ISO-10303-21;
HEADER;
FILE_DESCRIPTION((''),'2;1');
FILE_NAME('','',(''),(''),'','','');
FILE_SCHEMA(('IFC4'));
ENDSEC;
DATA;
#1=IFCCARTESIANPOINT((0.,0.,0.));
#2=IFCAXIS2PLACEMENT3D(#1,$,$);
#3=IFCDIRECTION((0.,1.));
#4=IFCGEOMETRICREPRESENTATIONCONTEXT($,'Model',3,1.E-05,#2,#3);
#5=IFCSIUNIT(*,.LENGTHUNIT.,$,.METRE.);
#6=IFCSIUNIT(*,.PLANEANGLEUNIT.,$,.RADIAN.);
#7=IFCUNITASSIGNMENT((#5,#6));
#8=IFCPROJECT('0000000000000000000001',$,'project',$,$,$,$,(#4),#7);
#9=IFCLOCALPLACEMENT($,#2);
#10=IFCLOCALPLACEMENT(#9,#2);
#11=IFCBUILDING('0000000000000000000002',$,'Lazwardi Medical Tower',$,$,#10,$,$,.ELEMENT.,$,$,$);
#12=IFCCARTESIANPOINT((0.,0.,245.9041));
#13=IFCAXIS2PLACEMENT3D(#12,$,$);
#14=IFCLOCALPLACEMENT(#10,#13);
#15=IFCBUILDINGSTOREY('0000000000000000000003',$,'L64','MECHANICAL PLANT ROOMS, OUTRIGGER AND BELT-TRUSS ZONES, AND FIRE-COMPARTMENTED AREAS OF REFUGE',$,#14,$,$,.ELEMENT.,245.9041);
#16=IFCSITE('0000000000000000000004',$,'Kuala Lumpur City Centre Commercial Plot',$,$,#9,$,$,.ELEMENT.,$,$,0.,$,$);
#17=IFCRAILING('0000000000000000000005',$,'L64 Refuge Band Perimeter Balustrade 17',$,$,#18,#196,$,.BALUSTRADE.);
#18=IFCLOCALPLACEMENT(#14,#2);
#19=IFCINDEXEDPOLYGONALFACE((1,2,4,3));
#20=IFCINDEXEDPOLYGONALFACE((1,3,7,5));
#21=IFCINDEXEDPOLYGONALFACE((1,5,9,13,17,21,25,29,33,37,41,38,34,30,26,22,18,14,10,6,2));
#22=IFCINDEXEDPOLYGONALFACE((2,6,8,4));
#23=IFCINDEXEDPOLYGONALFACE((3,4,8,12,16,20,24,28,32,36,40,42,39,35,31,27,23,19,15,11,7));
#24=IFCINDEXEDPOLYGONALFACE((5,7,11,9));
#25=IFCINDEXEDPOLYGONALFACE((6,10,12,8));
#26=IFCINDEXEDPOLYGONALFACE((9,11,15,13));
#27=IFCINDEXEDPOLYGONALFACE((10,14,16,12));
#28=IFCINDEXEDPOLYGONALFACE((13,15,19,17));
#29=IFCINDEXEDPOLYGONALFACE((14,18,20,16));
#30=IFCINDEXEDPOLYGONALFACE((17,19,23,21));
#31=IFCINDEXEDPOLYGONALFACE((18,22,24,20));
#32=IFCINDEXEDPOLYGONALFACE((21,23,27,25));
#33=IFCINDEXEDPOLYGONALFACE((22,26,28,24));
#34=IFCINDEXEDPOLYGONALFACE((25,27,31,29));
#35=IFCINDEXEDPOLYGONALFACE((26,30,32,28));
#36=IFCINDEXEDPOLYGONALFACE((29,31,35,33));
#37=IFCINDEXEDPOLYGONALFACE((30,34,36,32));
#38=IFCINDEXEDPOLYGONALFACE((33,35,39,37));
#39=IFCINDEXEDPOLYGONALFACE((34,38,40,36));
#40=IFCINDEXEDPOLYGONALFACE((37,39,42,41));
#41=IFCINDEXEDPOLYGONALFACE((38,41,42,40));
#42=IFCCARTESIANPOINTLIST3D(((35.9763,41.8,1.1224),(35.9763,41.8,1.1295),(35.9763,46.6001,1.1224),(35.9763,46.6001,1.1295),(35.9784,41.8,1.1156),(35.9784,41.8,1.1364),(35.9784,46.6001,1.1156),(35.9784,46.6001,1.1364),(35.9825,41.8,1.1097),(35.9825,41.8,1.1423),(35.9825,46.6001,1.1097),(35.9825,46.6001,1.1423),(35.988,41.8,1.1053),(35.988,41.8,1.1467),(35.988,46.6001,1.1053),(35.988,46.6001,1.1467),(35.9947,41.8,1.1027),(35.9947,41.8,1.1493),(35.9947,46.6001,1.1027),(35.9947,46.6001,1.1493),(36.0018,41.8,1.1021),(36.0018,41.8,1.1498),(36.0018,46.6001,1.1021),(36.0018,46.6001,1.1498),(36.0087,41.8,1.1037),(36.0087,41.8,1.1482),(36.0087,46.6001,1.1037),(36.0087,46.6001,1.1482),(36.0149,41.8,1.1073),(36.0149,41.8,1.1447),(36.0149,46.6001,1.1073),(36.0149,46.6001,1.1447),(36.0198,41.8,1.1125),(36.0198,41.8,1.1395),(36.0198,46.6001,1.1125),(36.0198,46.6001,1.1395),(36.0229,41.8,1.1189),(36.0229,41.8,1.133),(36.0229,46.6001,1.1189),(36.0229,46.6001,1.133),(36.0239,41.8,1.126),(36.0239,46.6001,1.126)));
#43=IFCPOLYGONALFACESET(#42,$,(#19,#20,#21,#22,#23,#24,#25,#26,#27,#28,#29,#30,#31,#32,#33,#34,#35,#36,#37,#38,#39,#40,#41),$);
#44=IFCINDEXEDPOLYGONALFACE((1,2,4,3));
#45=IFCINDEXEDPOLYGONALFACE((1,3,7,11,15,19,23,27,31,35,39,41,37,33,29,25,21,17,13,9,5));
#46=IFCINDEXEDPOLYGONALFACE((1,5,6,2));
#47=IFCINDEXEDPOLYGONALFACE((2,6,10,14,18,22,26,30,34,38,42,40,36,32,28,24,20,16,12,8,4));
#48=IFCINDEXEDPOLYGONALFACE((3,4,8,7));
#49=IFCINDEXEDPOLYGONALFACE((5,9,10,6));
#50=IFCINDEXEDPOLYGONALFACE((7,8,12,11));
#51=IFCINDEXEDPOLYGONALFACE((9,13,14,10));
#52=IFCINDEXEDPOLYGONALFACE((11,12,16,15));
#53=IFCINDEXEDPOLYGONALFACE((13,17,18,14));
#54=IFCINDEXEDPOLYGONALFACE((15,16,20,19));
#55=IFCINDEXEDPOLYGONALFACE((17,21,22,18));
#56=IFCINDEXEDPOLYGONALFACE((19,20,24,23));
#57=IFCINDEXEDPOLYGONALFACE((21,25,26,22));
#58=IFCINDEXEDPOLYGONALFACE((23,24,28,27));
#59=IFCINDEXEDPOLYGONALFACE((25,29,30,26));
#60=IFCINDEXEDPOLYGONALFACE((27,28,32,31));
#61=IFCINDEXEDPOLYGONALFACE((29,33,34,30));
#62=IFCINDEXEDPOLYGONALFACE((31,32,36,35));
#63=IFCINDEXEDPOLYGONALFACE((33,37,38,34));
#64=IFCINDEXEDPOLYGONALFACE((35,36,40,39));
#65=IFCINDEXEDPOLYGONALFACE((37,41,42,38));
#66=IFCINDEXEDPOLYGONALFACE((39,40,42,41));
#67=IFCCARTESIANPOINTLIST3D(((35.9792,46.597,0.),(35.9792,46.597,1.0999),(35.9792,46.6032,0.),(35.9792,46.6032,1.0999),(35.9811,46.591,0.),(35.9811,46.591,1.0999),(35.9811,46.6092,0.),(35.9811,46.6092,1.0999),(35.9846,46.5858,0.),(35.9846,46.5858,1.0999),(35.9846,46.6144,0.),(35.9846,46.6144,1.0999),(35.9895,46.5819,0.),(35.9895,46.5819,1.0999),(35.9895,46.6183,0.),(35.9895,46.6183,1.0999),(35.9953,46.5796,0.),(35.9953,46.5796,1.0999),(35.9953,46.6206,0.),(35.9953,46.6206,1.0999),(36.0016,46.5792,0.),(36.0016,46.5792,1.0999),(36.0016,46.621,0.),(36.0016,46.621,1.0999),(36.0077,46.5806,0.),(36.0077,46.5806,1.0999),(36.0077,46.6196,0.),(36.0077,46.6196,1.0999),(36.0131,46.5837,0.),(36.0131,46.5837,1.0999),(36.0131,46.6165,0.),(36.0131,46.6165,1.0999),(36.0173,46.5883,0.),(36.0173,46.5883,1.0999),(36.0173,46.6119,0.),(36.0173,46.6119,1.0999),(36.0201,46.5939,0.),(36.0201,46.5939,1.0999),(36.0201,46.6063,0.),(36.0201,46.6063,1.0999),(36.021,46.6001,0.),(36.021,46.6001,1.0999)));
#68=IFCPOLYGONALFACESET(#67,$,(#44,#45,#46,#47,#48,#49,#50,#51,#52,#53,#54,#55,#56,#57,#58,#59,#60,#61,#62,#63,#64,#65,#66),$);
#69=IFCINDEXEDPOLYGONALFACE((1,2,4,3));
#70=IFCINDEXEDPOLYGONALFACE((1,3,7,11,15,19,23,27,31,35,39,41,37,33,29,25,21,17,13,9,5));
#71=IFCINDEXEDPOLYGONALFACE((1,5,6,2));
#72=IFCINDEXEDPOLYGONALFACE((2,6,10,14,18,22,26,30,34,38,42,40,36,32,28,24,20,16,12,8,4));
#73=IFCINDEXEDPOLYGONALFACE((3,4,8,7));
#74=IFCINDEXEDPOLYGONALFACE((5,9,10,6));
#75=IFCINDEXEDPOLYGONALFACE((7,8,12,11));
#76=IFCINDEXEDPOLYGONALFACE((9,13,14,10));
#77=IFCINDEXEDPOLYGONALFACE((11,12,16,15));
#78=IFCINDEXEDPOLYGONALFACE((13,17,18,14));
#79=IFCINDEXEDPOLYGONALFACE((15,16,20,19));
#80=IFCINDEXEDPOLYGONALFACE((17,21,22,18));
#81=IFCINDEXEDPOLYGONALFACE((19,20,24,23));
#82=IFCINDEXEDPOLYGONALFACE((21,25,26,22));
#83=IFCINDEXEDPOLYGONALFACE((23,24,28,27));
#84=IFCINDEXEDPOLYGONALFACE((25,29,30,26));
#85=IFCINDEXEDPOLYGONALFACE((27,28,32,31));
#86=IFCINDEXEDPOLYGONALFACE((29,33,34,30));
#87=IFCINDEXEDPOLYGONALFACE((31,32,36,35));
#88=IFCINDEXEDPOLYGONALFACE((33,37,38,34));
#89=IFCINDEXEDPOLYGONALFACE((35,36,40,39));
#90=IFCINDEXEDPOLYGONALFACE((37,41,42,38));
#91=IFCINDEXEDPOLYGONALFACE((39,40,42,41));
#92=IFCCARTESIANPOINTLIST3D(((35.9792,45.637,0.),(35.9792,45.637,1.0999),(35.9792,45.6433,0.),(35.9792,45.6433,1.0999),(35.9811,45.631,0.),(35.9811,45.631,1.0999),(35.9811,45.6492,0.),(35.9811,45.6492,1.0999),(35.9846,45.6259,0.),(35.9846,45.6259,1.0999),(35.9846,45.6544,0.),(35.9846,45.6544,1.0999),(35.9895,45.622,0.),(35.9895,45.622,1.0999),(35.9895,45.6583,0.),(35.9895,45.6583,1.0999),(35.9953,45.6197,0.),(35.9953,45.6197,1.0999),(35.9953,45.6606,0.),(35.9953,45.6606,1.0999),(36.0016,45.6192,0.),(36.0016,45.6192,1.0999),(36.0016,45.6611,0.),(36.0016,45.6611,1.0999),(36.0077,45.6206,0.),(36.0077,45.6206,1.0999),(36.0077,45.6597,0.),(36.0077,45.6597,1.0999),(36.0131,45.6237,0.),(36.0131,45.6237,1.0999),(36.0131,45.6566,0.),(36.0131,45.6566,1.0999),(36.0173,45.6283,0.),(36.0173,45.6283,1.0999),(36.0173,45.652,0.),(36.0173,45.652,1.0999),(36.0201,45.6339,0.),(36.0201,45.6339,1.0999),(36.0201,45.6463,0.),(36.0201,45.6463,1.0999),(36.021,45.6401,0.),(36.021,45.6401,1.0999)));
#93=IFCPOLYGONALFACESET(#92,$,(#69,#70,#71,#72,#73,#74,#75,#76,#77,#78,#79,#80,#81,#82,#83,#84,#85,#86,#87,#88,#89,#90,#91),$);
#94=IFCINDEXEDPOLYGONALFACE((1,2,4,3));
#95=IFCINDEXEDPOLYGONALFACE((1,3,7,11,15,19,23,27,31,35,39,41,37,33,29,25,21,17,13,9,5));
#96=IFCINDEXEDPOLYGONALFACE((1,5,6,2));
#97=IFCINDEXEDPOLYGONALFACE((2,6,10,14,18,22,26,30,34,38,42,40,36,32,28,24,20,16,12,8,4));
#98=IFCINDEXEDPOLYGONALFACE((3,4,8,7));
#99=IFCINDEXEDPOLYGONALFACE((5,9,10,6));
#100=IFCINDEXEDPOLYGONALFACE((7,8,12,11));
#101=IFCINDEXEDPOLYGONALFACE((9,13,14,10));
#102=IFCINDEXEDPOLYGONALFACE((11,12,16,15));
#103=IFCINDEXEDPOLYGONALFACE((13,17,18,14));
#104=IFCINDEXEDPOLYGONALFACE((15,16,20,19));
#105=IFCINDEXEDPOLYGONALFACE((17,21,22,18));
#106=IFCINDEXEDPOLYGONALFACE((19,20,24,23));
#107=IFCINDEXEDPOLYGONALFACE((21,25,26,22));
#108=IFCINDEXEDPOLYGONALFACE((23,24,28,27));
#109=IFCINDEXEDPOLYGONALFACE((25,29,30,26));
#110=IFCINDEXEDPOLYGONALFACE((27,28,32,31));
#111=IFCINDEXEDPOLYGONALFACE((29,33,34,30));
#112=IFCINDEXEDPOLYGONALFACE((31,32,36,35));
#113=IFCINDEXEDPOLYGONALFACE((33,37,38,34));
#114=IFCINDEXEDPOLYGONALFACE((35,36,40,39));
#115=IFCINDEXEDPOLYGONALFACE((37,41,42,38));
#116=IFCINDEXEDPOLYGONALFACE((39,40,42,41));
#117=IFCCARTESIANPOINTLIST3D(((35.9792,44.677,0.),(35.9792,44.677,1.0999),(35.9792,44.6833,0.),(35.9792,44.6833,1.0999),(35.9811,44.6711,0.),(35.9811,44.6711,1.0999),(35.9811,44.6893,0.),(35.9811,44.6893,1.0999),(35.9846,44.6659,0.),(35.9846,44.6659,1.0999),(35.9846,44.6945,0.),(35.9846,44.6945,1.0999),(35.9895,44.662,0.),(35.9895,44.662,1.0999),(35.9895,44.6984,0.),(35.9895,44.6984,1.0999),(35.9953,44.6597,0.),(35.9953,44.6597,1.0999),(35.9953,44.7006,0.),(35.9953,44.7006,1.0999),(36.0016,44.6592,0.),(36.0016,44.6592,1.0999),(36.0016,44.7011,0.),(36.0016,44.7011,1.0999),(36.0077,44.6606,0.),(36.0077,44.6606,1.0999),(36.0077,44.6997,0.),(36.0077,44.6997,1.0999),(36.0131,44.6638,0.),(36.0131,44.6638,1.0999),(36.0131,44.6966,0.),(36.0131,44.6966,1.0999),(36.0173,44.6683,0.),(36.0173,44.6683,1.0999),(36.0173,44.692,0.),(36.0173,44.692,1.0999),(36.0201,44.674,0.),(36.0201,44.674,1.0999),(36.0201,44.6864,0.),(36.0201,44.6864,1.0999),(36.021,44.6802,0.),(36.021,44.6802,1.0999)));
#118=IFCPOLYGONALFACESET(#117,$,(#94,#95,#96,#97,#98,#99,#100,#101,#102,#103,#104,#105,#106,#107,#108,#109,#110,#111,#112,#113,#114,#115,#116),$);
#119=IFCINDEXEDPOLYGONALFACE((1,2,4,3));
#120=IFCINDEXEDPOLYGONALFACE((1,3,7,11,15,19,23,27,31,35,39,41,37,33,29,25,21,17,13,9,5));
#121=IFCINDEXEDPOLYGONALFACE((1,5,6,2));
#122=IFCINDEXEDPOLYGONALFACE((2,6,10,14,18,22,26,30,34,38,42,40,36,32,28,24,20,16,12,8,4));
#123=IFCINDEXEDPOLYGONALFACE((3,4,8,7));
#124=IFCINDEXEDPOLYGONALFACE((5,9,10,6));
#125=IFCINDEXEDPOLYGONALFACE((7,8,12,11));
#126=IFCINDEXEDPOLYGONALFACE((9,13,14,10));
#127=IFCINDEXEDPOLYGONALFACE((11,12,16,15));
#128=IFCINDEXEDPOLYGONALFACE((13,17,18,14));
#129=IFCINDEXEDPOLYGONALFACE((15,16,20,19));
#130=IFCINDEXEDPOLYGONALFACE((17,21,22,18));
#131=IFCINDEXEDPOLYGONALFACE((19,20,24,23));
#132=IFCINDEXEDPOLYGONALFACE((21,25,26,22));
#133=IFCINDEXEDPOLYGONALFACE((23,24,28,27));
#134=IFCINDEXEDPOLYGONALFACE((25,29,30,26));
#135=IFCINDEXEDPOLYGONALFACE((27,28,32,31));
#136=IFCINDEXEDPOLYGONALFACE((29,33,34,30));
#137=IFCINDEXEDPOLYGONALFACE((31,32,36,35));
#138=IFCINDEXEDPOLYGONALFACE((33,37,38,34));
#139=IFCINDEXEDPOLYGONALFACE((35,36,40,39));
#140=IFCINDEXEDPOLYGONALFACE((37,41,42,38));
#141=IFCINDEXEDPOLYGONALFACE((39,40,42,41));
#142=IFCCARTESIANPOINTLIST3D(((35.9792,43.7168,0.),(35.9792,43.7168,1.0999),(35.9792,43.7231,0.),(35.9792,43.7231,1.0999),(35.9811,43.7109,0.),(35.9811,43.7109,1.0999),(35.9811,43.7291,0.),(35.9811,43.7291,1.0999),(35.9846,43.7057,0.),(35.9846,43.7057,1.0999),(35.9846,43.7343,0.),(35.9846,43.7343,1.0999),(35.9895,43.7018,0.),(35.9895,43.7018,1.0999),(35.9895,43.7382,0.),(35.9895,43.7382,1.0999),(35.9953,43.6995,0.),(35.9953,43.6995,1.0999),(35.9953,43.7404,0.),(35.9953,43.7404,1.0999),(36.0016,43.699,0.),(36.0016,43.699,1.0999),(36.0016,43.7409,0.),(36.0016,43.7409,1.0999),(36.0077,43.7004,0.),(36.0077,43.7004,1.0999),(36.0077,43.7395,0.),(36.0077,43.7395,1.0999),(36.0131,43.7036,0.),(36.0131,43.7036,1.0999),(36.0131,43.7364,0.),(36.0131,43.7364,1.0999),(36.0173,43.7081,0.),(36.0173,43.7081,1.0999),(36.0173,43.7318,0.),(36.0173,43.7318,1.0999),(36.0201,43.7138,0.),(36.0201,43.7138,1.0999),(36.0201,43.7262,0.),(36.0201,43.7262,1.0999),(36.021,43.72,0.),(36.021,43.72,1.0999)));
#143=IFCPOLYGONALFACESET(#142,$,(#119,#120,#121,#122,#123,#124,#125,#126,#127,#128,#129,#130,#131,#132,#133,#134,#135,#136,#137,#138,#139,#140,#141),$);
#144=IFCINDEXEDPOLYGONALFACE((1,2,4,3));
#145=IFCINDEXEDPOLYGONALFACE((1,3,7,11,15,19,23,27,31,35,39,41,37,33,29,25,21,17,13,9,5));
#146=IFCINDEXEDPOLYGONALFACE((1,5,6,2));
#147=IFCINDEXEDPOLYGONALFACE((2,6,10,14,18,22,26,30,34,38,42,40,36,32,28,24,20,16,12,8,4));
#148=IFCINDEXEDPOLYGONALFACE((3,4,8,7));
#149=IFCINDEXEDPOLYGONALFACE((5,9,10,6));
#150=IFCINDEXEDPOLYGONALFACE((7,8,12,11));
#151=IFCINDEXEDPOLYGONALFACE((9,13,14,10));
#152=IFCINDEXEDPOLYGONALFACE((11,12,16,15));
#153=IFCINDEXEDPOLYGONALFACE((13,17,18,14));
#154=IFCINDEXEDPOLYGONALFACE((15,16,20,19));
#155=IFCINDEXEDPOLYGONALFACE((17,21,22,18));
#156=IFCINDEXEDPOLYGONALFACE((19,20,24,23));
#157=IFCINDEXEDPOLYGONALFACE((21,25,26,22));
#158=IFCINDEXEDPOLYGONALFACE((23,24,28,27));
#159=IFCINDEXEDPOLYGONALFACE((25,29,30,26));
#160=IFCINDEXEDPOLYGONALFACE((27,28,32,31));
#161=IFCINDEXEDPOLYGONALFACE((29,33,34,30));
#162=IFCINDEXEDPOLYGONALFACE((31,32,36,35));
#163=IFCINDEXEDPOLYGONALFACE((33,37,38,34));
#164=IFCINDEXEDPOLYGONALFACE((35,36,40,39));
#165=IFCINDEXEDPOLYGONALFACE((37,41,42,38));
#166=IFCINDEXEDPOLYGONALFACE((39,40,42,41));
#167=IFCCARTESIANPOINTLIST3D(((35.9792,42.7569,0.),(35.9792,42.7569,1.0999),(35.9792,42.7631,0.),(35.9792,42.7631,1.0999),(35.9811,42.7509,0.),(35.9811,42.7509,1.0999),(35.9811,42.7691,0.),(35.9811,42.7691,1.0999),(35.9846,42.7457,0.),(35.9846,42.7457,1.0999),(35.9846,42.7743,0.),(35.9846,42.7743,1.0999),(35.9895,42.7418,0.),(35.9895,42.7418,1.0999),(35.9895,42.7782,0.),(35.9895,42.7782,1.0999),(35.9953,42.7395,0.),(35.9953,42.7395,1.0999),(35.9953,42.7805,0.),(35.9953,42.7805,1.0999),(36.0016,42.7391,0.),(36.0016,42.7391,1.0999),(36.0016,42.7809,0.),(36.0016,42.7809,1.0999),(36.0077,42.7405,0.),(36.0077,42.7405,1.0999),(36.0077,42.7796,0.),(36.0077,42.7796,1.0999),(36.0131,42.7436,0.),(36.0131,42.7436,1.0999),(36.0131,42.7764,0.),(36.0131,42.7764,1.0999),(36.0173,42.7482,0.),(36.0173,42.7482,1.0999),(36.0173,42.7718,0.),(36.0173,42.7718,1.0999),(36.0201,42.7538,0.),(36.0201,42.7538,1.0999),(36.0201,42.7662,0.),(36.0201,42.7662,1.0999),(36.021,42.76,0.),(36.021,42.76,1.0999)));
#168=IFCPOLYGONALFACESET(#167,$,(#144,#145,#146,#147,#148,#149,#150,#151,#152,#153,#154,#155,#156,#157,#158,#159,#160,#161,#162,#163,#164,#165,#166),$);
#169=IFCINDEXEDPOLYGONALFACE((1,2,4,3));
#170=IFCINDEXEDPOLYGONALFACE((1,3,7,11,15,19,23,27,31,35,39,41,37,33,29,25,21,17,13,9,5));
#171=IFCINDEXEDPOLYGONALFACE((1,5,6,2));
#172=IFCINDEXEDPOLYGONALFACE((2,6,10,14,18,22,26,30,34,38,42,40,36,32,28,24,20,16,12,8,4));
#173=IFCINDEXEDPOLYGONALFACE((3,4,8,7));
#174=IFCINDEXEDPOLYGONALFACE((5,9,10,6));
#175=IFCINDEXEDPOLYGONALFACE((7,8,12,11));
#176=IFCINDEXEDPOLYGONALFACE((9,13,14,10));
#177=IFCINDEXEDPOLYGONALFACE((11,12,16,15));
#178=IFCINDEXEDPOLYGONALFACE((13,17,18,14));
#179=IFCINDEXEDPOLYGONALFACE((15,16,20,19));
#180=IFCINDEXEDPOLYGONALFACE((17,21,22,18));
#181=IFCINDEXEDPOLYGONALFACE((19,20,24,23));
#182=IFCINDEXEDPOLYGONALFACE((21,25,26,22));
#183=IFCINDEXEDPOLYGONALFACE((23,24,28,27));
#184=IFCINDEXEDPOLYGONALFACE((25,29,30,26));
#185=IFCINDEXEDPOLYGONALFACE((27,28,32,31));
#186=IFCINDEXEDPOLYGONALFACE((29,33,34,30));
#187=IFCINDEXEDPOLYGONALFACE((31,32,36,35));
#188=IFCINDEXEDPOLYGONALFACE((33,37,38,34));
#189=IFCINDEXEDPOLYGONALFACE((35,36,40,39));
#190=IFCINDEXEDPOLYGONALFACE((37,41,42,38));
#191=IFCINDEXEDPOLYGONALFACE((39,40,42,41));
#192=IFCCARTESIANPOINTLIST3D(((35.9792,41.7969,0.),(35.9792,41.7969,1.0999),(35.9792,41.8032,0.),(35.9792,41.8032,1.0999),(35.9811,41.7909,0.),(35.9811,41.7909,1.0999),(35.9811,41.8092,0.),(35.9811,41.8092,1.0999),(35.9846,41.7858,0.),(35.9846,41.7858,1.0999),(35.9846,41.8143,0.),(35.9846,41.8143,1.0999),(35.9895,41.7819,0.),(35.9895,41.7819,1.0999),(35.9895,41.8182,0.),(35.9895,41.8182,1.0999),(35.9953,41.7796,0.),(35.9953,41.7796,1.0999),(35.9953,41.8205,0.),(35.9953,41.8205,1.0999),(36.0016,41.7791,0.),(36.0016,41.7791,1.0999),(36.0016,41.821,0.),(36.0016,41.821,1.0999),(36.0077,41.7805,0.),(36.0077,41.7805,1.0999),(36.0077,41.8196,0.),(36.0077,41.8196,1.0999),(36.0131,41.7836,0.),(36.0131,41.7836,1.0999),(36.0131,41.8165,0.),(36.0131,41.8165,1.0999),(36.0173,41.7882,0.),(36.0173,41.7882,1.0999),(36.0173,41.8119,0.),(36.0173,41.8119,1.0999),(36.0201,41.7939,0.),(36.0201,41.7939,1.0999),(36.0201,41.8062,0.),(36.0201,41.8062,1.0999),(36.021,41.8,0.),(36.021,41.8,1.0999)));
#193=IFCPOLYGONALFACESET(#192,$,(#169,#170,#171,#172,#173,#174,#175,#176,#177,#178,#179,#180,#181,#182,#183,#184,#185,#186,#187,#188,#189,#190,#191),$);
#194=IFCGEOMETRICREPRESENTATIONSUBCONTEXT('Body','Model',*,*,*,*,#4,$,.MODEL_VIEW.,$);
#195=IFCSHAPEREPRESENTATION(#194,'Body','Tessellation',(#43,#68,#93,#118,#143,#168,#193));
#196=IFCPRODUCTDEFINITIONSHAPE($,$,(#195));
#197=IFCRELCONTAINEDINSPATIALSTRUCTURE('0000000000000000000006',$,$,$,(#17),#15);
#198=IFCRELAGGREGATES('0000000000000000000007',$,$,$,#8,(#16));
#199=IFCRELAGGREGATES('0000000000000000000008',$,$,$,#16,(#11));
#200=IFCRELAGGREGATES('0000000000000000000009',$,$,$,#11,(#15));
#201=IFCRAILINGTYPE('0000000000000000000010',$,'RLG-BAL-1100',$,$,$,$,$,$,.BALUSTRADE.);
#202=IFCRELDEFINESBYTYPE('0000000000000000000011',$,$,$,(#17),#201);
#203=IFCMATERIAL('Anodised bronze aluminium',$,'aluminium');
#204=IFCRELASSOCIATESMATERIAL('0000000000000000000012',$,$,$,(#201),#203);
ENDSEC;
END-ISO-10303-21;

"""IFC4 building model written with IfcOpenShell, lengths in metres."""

from ifc_helpers import new_model, si_unit, direction, frame, origin, origin_2d, place, context, subcontext, project, spatial, circle, extrude, material, type_object, element, save


model = new_model("IFC4")

# Units and contexts
model_context = context("Model", 3, precision=1e-05, world=origin(), true_north=direction((0.0, 1.0)))
body_context = subcontext(model_context, "Body", "Model", "MODEL_VIEW")
ifc_project = project(units=[si_unit("LENGTHUNIT", "METRE"), si_unit("PLANEANGLEUNIT", "RADIAN")], contexts=[model_context])

# Site, building, storey
site_placement = place(None, origin())
site = spatial("IfcSite", under=ifc_project, at=site_placement, Name="Kuala Lumpur City Centre Commercial Plot", CompositionType="ELEMENT", RefElevation=0.0)
building_placement = place(site_placement, origin())
building = spatial("IfcBuilding", under=site, at=building_placement, Name="Lazwardi Medical Tower", CompositionType="ELEMENT")
storey_placement = place(building_placement, frame((0.0, 0.0, 245.9041)))
storey = spatial("IfcBuildingStorey", under=building, at=storey_placement, Name="L64", Description="MECHANICAL PLANT ROOMS, OUTRIGGER AND BELT-TRUSS ZONES, AND FIRE-COMPARTMENTED AREAS OF REFUGE", CompositionType="ELEMENT", Elevation=245.9041)

# Railing
ifc_material_1 = material(Name="Anodised bronze aluminium", Category="aluminium")
railing_type = type_object("IfcRailingType", Name="RLG-BAL-1100", PredefinedType="BALUSTRADE", material=ifc_material_1)
railing_1_placement = place(storey_placement, frame((36.0, 46.6001, 0.0)))
element("IfcRailing", 1, at=railing_1_placement, inside=storey, type_object=railing_type, Name="L64 Refuge Band Perimeter Balustrade 17", PredefinedType="BALUSTRADE", context=body_context, shape_type="SweptSolid", body=[
    extrude(circle(Radius=0.0239, at=origin_2d()), frame((0.0, 0.0, 1.126), z_axis=(0.0, -1.0, 0.0), x_axis=(1.0, 0.0, 0.0)), (0.0, 0.0, 1.0), 4.8),
    extrude(circle(Radius=0.021, at=origin_2d()), origin(), (0.0, 0.0, 1.0), 1.0999),
    extrude(circle(Radius=0.021, at=origin_2d()), frame((0.0, -0.96, 0.0)), (0.0, 0.0, 1.0), 1.0999),
    extrude(circle(Radius=0.021, at=origin_2d()), frame((0.0, -1.9199, 0.0)), (0.0, 0.0, 1.0), 1.0999),
    extrude(circle(Radius=0.021, at=origin_2d()), frame((0.0, -2.8801, 0.0)), (0.0, 0.0, 1.0), 1.0999),
    extrude(circle(Radius=0.021, at=origin_2d()), frame((0.0, -3.8401, 0.0)), (0.0, 0.0, 1.0), 1.0999),
    extrude(circle(Radius=0.021, at=origin_2d()), frame((0.0, -4.8, 0.0)), (0.0, 0.0, 1.0), 1.0999),
])

save(model, "model.ifc")
